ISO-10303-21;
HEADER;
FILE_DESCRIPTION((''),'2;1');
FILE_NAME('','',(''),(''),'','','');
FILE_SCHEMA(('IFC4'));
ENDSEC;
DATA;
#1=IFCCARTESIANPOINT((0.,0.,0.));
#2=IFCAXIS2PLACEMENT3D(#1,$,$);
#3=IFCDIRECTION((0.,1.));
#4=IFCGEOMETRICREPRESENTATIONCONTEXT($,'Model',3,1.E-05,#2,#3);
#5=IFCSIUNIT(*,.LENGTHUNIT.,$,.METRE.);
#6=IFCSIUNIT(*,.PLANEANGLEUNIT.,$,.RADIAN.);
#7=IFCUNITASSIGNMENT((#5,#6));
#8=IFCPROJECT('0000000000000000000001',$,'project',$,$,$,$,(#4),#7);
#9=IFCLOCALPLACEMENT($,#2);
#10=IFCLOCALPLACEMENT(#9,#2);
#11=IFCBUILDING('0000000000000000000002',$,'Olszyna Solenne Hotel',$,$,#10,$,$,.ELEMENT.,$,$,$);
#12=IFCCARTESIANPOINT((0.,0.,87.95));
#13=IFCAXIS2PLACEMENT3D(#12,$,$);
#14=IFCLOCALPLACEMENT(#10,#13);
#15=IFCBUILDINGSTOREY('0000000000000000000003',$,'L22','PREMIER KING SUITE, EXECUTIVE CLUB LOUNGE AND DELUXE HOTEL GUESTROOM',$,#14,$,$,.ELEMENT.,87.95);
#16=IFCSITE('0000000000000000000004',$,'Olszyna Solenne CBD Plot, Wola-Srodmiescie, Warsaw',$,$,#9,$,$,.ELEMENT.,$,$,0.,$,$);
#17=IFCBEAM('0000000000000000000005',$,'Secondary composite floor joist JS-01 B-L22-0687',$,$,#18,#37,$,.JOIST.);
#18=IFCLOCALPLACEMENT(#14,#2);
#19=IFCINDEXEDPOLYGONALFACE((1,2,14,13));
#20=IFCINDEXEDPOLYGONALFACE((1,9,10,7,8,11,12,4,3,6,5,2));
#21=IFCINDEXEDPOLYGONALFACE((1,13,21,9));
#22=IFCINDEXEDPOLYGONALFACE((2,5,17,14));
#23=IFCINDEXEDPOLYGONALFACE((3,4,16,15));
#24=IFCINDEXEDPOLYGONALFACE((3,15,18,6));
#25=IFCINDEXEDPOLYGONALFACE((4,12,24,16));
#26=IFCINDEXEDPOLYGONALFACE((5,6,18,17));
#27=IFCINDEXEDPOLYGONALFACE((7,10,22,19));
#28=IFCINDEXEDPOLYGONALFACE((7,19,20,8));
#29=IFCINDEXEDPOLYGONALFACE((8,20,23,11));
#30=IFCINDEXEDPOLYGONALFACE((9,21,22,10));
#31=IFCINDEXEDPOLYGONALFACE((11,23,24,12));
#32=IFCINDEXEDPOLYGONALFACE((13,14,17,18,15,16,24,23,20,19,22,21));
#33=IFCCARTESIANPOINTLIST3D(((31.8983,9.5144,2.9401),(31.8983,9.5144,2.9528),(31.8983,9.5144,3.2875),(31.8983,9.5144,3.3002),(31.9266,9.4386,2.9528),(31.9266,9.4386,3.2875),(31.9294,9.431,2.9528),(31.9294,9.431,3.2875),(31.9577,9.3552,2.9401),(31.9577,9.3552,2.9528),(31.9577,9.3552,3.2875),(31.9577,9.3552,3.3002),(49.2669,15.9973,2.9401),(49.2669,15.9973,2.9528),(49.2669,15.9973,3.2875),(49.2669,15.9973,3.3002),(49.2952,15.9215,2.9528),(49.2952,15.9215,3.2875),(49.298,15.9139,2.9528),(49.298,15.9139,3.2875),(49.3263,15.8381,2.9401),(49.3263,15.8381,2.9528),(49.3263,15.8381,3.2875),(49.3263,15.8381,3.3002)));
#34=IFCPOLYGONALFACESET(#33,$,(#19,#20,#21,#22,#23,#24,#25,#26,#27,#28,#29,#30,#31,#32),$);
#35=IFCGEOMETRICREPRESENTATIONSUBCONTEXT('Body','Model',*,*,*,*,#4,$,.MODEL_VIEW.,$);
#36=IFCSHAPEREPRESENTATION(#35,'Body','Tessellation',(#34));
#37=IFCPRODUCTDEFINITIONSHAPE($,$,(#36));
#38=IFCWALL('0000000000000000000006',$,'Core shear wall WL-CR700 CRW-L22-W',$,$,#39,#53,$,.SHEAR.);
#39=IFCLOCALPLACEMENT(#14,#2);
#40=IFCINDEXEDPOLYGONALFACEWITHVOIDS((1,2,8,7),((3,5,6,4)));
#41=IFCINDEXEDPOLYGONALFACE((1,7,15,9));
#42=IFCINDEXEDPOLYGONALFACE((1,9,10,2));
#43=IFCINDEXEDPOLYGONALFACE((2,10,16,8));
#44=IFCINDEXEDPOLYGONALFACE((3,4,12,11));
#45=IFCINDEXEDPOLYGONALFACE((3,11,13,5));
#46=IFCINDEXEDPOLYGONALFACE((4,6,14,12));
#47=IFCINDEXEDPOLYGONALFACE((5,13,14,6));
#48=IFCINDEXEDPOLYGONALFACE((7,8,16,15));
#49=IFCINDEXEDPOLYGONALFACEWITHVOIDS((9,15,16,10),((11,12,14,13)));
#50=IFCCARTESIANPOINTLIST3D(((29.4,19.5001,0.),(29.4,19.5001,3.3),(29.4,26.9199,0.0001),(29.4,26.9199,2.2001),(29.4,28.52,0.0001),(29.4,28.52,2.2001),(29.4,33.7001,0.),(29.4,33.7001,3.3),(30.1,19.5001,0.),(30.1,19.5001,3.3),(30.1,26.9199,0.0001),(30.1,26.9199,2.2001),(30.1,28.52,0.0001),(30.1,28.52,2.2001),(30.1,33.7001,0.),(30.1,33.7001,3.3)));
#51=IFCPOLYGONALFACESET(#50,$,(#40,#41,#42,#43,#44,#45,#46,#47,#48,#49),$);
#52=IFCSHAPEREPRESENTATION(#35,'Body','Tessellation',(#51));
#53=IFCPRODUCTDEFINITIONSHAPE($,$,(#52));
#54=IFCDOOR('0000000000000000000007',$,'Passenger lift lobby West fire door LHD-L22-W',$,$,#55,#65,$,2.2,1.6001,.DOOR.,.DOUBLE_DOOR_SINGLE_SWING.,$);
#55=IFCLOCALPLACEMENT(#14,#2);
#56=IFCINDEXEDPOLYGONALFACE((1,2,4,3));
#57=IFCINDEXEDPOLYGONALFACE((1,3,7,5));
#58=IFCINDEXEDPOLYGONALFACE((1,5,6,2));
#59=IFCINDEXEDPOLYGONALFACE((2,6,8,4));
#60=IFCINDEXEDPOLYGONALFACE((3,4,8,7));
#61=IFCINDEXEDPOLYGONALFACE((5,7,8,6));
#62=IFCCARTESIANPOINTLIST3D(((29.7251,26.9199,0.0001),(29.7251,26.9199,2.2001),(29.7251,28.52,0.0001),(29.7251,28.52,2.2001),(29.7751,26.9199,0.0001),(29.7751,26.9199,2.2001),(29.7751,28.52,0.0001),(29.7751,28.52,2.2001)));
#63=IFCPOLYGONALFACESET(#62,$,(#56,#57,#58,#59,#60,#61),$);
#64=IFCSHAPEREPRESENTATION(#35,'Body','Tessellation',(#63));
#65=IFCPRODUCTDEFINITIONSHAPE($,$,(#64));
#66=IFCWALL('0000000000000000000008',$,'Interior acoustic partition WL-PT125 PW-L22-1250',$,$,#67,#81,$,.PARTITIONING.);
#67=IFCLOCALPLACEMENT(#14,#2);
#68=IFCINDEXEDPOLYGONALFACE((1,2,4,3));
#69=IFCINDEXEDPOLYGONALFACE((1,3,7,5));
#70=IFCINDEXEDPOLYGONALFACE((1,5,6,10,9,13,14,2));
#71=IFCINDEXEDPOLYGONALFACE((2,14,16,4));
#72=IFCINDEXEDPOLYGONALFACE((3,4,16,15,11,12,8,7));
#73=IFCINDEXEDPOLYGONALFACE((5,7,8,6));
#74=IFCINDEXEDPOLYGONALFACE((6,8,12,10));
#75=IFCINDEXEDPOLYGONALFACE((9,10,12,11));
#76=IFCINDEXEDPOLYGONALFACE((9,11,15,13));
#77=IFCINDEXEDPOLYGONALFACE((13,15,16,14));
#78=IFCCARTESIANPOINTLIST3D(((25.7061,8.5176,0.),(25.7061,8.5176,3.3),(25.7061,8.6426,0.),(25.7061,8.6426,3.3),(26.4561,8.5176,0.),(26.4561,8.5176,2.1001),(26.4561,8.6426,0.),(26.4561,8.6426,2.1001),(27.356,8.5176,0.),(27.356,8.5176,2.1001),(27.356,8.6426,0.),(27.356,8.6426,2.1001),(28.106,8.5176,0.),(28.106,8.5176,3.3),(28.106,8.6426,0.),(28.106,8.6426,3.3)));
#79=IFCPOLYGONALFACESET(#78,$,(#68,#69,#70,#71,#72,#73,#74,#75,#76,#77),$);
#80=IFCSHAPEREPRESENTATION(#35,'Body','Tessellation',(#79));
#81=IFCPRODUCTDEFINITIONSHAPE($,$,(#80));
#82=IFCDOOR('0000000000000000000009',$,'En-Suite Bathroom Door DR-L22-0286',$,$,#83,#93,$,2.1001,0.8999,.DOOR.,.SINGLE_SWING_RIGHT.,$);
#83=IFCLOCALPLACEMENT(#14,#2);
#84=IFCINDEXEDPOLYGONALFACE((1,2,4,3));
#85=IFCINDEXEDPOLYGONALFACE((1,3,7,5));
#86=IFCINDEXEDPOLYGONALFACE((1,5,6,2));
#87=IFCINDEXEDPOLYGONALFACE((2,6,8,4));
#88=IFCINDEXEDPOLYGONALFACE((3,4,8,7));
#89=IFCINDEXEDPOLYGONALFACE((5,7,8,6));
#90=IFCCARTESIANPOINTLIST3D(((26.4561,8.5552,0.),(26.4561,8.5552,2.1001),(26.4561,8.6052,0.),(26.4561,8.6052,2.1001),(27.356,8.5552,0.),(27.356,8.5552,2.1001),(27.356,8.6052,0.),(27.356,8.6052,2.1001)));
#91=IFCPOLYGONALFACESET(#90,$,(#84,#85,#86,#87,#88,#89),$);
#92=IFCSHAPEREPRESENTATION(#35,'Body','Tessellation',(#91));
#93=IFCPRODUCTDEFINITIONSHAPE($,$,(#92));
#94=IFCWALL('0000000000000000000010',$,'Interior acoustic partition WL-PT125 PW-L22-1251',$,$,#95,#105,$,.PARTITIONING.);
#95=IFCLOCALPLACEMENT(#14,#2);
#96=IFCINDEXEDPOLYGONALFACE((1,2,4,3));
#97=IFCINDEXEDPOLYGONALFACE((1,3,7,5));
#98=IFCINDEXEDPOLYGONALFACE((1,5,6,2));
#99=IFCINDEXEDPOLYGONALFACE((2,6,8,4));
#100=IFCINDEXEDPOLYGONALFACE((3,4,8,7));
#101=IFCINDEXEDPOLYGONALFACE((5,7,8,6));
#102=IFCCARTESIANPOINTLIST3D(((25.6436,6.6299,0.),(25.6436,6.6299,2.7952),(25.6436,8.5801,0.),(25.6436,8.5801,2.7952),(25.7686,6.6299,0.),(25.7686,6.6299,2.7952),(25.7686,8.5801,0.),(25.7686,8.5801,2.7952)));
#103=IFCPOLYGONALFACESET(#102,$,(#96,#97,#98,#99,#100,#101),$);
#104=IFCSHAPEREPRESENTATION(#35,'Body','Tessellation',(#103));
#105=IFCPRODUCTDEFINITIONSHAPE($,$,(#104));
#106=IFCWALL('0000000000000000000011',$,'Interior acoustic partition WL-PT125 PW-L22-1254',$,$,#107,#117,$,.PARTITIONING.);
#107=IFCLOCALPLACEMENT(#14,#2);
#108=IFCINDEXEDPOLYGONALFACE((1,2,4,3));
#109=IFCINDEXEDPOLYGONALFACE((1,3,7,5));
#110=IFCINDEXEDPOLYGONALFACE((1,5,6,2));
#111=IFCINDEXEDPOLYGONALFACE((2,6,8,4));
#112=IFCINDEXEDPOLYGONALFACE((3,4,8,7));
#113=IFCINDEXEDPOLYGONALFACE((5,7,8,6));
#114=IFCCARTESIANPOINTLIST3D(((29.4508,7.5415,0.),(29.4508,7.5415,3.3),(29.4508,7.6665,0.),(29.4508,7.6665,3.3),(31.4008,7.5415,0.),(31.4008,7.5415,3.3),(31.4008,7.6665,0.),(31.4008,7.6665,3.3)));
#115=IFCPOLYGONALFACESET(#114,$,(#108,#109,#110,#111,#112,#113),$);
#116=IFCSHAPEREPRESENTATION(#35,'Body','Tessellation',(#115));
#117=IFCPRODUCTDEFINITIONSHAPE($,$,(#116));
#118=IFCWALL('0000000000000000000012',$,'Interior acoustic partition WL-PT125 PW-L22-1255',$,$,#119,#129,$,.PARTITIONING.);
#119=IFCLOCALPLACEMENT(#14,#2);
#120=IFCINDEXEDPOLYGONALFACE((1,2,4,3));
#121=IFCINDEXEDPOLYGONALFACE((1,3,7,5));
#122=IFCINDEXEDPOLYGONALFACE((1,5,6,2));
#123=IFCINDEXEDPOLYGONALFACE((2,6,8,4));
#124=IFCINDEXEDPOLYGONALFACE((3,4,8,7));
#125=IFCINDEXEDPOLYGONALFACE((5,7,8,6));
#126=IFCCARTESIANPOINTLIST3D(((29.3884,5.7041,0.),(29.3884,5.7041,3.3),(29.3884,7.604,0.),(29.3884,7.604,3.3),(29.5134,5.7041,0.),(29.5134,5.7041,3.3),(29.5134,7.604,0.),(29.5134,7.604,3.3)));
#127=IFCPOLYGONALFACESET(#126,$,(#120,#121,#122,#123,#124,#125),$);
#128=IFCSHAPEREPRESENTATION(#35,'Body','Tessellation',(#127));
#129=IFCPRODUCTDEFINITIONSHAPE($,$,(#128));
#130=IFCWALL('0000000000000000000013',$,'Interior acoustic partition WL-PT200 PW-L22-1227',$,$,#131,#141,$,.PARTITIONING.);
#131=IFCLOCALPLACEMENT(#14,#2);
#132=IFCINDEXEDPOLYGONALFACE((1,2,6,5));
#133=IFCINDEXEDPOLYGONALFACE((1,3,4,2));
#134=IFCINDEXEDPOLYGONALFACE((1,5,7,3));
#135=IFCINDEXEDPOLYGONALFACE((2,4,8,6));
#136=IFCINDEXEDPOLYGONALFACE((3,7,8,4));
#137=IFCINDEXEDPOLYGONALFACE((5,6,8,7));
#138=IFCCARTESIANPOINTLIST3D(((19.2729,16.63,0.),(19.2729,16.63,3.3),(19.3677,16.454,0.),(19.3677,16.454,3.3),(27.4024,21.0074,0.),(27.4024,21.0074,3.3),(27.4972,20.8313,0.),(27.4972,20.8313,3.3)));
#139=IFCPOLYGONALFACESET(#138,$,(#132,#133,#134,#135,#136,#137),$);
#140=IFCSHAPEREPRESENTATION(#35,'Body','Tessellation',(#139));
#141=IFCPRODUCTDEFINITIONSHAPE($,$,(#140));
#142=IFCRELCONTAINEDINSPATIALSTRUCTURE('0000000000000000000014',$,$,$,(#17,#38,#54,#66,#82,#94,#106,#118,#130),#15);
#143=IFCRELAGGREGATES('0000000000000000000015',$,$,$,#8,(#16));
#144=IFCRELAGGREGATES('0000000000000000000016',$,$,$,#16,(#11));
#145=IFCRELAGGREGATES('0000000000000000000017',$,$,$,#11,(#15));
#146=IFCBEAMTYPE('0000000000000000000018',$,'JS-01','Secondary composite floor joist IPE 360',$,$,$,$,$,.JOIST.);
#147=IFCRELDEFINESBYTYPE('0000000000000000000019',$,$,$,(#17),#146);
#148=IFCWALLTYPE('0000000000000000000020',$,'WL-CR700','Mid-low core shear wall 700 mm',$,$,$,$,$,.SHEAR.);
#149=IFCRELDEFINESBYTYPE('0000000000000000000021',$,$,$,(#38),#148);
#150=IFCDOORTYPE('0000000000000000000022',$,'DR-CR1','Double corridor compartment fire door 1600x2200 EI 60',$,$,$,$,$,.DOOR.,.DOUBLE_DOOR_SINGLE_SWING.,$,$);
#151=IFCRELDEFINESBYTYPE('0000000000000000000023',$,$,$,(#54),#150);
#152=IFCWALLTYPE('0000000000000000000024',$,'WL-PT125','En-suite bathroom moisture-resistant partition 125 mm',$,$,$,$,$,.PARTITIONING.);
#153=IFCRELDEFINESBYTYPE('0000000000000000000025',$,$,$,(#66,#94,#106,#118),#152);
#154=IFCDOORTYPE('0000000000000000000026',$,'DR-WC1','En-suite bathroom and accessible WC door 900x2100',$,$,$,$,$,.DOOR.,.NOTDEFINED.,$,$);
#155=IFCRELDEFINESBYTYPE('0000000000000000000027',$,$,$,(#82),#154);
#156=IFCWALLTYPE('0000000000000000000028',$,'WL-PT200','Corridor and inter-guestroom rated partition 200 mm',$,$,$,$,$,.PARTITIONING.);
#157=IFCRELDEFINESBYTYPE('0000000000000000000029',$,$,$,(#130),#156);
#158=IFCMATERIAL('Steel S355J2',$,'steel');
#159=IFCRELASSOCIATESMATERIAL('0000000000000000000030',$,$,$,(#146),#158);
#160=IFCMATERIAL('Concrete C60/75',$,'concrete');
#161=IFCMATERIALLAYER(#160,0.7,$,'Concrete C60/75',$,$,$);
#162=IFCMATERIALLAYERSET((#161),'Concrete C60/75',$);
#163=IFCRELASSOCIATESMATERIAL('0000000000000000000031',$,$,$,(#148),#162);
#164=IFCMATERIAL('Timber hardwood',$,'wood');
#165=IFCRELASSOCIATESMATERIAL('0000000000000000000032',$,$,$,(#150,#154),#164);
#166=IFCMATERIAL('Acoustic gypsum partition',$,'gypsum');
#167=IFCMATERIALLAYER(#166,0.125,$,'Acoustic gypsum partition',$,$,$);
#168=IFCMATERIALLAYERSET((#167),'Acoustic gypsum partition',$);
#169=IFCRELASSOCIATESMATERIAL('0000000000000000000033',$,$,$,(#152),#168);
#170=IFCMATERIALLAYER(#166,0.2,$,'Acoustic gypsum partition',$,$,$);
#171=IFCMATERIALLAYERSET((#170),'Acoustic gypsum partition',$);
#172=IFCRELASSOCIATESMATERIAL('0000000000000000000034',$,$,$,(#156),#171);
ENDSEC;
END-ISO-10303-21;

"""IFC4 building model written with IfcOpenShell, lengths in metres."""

from ifc_helpers import new_model, si_unit, direction, frame, frame_2d, origin, origin_2d, place, context, subcontext, project, spatial, rectangle, i_section, extrude, source, transform, mapped, material, layer, layer_set, material_profile, profile_set, type_object, type_shapes, element, fill, save


model = new_model("IFC4")

# Units and contexts
model_context = context("Model", 3, precision=1e-05, world=origin(), true_north=direction((0.0, 1.0)))
body_context = subcontext(model_context, "Body", "Model", "MODEL_VIEW")
ifc_project = project(units=[si_unit("LENGTHUNIT", "METRE"), si_unit("PLANEANGLEUNIT", "RADIAN")], contexts=[model_context])

# Site, building, storey
site_placement = place(None, origin())
site = spatial("IfcSite", under=ifc_project, at=site_placement, Name="Olszyna Solenne CBD Plot, Wola-Srodmiescie, Warsaw", CompositionType="ELEMENT", RefElevation=0.0)
building_placement = place(site_placement, origin())
building = spatial("IfcBuilding", under=site, at=building_placement, Name="Olszyna Solenne Hotel", CompositionType="ELEMENT")
storey_placement = place(building_placement, frame((0.0, 0.0, 87.95)))
storey = spatial("IfcBuildingStorey", under=building, at=storey_placement, Name="L22", Description="PREMIER KING SUITE, EXECUTIVE CLUB LOUNGE AND DELUXE HOTEL GUESTROOM", CompositionType="ELEMENT", Elevation=87.95)

# Beam
ifc_material_1 = material(Name="Steel S355J2", Category="steel")
ifc_material_profile = material_profile(ifc_material_1, i_section(OverallWidth=0.1699, OverallDepth=0.3601, WebThickness=0.0081, FlangeThickness=0.0127, at=origin_2d()), Name="IPE 360", Category="load-bearing")
ifc_profile_set = profile_set([ifc_material_profile], Name="Steel S355J2")
beam_type = type_object("IfcBeamType", Name="JS-01", Description="Secondary composite floor joist IPE 360", PredefinedType="JOIST", material=ifc_profile_set)
shared_shape_1 = source(origin(), body_context, "Body", "SweptSolid", [
    extrude(i_section(OverallWidth=0.1699, OverallDepth=0.3601, WebThickness=0.0081, FlangeThickness=0.0127, at=origin_2d()), origin(), (0.0, 0.0, 1.0), 18.5391),
])
beam_placement = place(storey_placement, frame((31.928, 9.4348, 3.1201), z_axis=(0.936866, 0.349689, 0.0), x_axis=(-0.349689, 0.936866, 0.0)))
element("IfcBeam", 1, at=beam_placement, inside=storey, type_object=beam_type, Name="Secondary composite floor joist JS-01 B-L22-0687", PredefinedType="JOIST", context=body_context, shape_type="MappedRepresentation", body=[
    mapped(shared_shape_1, transform((0.0, 0.0, 0.0), x_axis=(1.0, 0.0, 0.0), y_axis=(0.0, 1.0, 0.0), z_axis=(0.0, 0.0, 1.0), scale=1.0)),
])

# Walls, openings, doors
ifc_material_2 = material(Name="Concrete C60/75", Category="concrete")
ifc_layer_1 = layer(ifc_material_2, 0.7, Name="Concrete C60/75")
ifc_layer_set_1 = layer_set([ifc_layer_1], Name="Concrete C60/75")
wall_type_1 = type_object("IfcWallType", Name="WL-CR700", Description="Mid-low core shear wall 700 mm", PredefinedType="SHEAR", material=ifc_layer_set_1)
wall_1_placement = place(storey_placement, frame((29.75, 19.5, 0.0), z_axis=(0.0, 0.0, 1.0), x_axis=(0.0, 1.0, 0.0)))
wall_1 = element("IfcWall", 2, at=wall_1_placement, inside=storey, type_object=wall_type_1, Name="Core shear wall WL-CR700 CRW-L22-W", PredefinedType="SHEAR", context=body_context, shape_type="SweptSolid", body=[
    extrude(rectangle(XDim=14.2, YDim=0.7, at=frame_2d((7.1001, 0.0))), origin(), (0.0, 0.0, 1.0), 3.3),
])
opening_1_placement = place(wall_1_placement, frame((7.4199, 0.0, 0.0)))
opening_1 = element("IfcOpeningElement", 3, at=opening_1_placement, cuts=wall_1, PredefinedType="OPENING", context=body_context, shape_type="SweptSolid", body=[
    extrude(rectangle(XDim=1.6001, YDim=2.2, at=frame_2d((0.8, 1.1001))), frame((0.0, 0.3599, 0.0), z_axis=(0.0, -1.0, 0.0), x_axis=(1.0, 0.0, 0.0)), (0.0, 0.0, 1.0), 0.72),
])
ifc_material_3 = material(Name="Timber hardwood", Category="wood")
door_type_1 = type_object("IfcDoorType", Name="DR-CR1", Description="Double corridor compartment fire door 1600x2200 EI 60", OperationType="DOUBLE_DOOR_SINGLE_SWING", PredefinedType="DOOR", material=ifc_material_3)
shared_shape_2 = source(origin(), body_context, "Body", "SweptSolid", [
    extrude(rectangle(XDim=1.6001, YDim=2.2, at=frame_2d((0.8, 1.1001))), frame((0.0, 0.0249, 0.0), z_axis=(0.0, -1.0, 0.0), x_axis=(1.0, 0.0, 0.0)), (0.0, 0.0, 1.0), 0.05),
])
type_shapes(door_type_1, [shared_shape_2])
door_1_placement = place(opening_1_placement, origin())
door_1 = element("IfcDoor", 4, at=door_1_placement, inside=storey, type_object=door_type_1, Name="Passenger lift lobby West fire door LHD-L22-W", OperationType="DOUBLE_DOOR_SINGLE_SWING", OverallHeight=2.2, OverallWidth=1.6001, PredefinedType="DOOR", context=body_context, shape_type="MappedRepresentation", body=[
    mapped(shared_shape_2, transform((0.0, 0.0, 0.0), x_axis=(1.0, 0.0, 0.0), y_axis=(0.0, 1.0, 0.0), z_axis=(0.0, 0.0, 1.0), scale=1.0)),
])
fill(opening_1, door_1)
ifc_material_4 = material(Name="Acoustic gypsum partition", Category="gypsum")
ifc_layer_2 = layer(ifc_material_4, 0.125, Name="Acoustic gypsum partition")
ifc_layer_set_2 = layer_set([ifc_layer_2], Name="Acoustic gypsum partition")
wall_type_2 = type_object("IfcWallType", Name="WL-PT125", Description="En-suite bathroom moisture-resistant partition 125 mm", PredefinedType="PARTITIONING", material=ifc_layer_set_2)
wall_2_placement = place(storey_placement, frame((28.106, 8.5801, 0.0), z_axis=(0.0, 0.0, 1.0), x_axis=(-1.0, 0.0, 0.0)))
wall_2 = element("IfcWall", 5, at=wall_2_placement, inside=storey, type_object=wall_type_2, Name="Interior acoustic partition WL-PT125 PW-L22-1250", PredefinedType="PARTITIONING", context=body_context, shape_type="SweptSolid", body=[
    extrude(rectangle(XDim=2.3999, YDim=0.125, at=frame_2d((1.2, 0.0))), origin(), (0.0, 0.0, 1.0), 3.3),
])
opening_2_placement = place(wall_2_placement, frame((0.75, 0.0, 0.0)))
opening_2 = element("IfcOpeningElement", 6, at=opening_2_placement, cuts=wall_2, PredefinedType="OPENING", context=body_context, shape_type="SweptSolid", body=[
    extrude(rectangle(XDim=0.8999, YDim=2.1001, at=frame_2d((0.45, 1.05))), frame((0.0, 0.0725, 0.0), z_axis=(0.0, -1.0, 0.0), x_axis=(1.0, 0.0, 0.0)), (0.0, 0.0, 1.0), 0.145),
])
door_type_2 = type_object("IfcDoorType", Name="DR-WC1", Description="En-suite bathroom and accessible WC door 900x2100", OperationType="NOTDEFINED", PredefinedType="DOOR", material=ifc_material_3)
shared_shape_3 = source(origin(), body_context, "Body", "SweptSolid", [
    extrude(rectangle(XDim=0.8999, YDim=2.1001, at=frame_2d((0.45, 1.05))), frame((0.0, 0.0249, 0.0), z_axis=(0.0, -1.0, 0.0), x_axis=(1.0, 0.0, 0.0)), (0.0, 0.0, 1.0), 0.05),
])
type_shapes(door_type_2, [shared_shape_3])
door_2_placement = place(opening_2_placement, origin())
door_2 = element("IfcDoor", 7, at=door_2_placement, inside=storey, type_object=door_type_2, Name="En-Suite Bathroom Door DR-L22-0286", OperationType="SINGLE_SWING_RIGHT", OverallHeight=2.1001, OverallWidth=0.8999, PredefinedType="DOOR", context=body_context, shape_type="MappedRepresentation", body=[
    mapped(shared_shape_3, transform((0.0, 0.0, 0.0), x_axis=(1.0, 0.0, 0.0), y_axis=(0.0, 1.0, 0.0), z_axis=(0.0, 0.0, 1.0), scale=1.0)),
])
fill(opening_2, door_2)

# Walls
wall_3_placement = place(storey_placement, frame((25.7061, 8.5801, 0.0), z_axis=(0.0, 0.0, 1.0), x_axis=(0.0, -1.0, 0.0)))
element("IfcWall", 8, at=wall_3_placement, inside=storey, type_object=wall_type_2, Name="Interior acoustic partition WL-PT125 PW-L22-1251", PredefinedType="PARTITIONING", context=body_context, shape_type="SweptSolid", body=[
    extrude(rectangle(XDim=1.9502, YDim=0.125, at=frame_2d((0.9751, 0.0))), origin(), (0.0, 0.0, 1.0), 2.7952),
])
wall_4_placement = place(storey_placement, frame((31.4009, 7.604, 0.0), z_axis=(0.0, 0.0, 1.0), x_axis=(-1.0, 0.0, 0.0)))
element("IfcWall", 9, at=wall_4_placement, inside=storey, type_object=wall_type_2, Name="Interior acoustic partition WL-PT125 PW-L22-1254", PredefinedType="PARTITIONING", context=body_context, shape_type="SweptSolid", body=[
    extrude(rectangle(XDim=1.95, YDim=0.125, at=frame_2d((0.9751, 0.0))), origin(), (0.0, 0.0, 1.0), 3.3),
])
wall_5_placement = place(storey_placement, frame((29.4509, 7.604, 0.0), z_axis=(0.0, 0.0, 1.0), x_axis=(0.0, -1.0, 0.0)))
element("IfcWall", 10, at=wall_5_placement, inside=storey, type_object=wall_type_2, Name="Interior acoustic partition WL-PT125 PW-L22-1255", PredefinedType="PARTITIONING", context=body_context, shape_type="SweptSolid", body=[
    extrude(rectangle(XDim=1.8999, YDim=0.125, at=frame_2d((0.95, 0.0))), origin(), (0.0, 0.0, 1.0), 3.3),
])
ifc_layer_3 = layer(ifc_material_4, 0.2, Name="Acoustic gypsum partition")
ifc_layer_set_3 = layer_set([ifc_layer_3], Name="Acoustic gypsum partition")
wall_type_3 = type_object("IfcWallType", Name="WL-PT200", Description="Corridor and inter-guestroom rated partition 200 mm", PredefinedType="PARTITIONING", material=ifc_layer_set_3)
wall_6_placement = place(storey_placement, frame((27.45, 20.9194, 0.0), z_axis=(0.0, 0.0, 1.0), x_axis=(-0.880474, -0.474095, 0.0)))
element("IfcWall", 11, at=wall_6_placement, inside=storey, type_object=wall_type_3, Name="Interior acoustic partition WL-PT200 PW-L22-1227", PredefinedType="PARTITIONING", context=body_context, shape_type="SweptSolid", body=[
    extrude(rectangle(XDim=9.2332, YDim=0.2, at=frame_2d((4.6167, 0.0))), origin(), (0.0, 0.0, 1.0), 3.3),
])

save(model, "model.ifc")
